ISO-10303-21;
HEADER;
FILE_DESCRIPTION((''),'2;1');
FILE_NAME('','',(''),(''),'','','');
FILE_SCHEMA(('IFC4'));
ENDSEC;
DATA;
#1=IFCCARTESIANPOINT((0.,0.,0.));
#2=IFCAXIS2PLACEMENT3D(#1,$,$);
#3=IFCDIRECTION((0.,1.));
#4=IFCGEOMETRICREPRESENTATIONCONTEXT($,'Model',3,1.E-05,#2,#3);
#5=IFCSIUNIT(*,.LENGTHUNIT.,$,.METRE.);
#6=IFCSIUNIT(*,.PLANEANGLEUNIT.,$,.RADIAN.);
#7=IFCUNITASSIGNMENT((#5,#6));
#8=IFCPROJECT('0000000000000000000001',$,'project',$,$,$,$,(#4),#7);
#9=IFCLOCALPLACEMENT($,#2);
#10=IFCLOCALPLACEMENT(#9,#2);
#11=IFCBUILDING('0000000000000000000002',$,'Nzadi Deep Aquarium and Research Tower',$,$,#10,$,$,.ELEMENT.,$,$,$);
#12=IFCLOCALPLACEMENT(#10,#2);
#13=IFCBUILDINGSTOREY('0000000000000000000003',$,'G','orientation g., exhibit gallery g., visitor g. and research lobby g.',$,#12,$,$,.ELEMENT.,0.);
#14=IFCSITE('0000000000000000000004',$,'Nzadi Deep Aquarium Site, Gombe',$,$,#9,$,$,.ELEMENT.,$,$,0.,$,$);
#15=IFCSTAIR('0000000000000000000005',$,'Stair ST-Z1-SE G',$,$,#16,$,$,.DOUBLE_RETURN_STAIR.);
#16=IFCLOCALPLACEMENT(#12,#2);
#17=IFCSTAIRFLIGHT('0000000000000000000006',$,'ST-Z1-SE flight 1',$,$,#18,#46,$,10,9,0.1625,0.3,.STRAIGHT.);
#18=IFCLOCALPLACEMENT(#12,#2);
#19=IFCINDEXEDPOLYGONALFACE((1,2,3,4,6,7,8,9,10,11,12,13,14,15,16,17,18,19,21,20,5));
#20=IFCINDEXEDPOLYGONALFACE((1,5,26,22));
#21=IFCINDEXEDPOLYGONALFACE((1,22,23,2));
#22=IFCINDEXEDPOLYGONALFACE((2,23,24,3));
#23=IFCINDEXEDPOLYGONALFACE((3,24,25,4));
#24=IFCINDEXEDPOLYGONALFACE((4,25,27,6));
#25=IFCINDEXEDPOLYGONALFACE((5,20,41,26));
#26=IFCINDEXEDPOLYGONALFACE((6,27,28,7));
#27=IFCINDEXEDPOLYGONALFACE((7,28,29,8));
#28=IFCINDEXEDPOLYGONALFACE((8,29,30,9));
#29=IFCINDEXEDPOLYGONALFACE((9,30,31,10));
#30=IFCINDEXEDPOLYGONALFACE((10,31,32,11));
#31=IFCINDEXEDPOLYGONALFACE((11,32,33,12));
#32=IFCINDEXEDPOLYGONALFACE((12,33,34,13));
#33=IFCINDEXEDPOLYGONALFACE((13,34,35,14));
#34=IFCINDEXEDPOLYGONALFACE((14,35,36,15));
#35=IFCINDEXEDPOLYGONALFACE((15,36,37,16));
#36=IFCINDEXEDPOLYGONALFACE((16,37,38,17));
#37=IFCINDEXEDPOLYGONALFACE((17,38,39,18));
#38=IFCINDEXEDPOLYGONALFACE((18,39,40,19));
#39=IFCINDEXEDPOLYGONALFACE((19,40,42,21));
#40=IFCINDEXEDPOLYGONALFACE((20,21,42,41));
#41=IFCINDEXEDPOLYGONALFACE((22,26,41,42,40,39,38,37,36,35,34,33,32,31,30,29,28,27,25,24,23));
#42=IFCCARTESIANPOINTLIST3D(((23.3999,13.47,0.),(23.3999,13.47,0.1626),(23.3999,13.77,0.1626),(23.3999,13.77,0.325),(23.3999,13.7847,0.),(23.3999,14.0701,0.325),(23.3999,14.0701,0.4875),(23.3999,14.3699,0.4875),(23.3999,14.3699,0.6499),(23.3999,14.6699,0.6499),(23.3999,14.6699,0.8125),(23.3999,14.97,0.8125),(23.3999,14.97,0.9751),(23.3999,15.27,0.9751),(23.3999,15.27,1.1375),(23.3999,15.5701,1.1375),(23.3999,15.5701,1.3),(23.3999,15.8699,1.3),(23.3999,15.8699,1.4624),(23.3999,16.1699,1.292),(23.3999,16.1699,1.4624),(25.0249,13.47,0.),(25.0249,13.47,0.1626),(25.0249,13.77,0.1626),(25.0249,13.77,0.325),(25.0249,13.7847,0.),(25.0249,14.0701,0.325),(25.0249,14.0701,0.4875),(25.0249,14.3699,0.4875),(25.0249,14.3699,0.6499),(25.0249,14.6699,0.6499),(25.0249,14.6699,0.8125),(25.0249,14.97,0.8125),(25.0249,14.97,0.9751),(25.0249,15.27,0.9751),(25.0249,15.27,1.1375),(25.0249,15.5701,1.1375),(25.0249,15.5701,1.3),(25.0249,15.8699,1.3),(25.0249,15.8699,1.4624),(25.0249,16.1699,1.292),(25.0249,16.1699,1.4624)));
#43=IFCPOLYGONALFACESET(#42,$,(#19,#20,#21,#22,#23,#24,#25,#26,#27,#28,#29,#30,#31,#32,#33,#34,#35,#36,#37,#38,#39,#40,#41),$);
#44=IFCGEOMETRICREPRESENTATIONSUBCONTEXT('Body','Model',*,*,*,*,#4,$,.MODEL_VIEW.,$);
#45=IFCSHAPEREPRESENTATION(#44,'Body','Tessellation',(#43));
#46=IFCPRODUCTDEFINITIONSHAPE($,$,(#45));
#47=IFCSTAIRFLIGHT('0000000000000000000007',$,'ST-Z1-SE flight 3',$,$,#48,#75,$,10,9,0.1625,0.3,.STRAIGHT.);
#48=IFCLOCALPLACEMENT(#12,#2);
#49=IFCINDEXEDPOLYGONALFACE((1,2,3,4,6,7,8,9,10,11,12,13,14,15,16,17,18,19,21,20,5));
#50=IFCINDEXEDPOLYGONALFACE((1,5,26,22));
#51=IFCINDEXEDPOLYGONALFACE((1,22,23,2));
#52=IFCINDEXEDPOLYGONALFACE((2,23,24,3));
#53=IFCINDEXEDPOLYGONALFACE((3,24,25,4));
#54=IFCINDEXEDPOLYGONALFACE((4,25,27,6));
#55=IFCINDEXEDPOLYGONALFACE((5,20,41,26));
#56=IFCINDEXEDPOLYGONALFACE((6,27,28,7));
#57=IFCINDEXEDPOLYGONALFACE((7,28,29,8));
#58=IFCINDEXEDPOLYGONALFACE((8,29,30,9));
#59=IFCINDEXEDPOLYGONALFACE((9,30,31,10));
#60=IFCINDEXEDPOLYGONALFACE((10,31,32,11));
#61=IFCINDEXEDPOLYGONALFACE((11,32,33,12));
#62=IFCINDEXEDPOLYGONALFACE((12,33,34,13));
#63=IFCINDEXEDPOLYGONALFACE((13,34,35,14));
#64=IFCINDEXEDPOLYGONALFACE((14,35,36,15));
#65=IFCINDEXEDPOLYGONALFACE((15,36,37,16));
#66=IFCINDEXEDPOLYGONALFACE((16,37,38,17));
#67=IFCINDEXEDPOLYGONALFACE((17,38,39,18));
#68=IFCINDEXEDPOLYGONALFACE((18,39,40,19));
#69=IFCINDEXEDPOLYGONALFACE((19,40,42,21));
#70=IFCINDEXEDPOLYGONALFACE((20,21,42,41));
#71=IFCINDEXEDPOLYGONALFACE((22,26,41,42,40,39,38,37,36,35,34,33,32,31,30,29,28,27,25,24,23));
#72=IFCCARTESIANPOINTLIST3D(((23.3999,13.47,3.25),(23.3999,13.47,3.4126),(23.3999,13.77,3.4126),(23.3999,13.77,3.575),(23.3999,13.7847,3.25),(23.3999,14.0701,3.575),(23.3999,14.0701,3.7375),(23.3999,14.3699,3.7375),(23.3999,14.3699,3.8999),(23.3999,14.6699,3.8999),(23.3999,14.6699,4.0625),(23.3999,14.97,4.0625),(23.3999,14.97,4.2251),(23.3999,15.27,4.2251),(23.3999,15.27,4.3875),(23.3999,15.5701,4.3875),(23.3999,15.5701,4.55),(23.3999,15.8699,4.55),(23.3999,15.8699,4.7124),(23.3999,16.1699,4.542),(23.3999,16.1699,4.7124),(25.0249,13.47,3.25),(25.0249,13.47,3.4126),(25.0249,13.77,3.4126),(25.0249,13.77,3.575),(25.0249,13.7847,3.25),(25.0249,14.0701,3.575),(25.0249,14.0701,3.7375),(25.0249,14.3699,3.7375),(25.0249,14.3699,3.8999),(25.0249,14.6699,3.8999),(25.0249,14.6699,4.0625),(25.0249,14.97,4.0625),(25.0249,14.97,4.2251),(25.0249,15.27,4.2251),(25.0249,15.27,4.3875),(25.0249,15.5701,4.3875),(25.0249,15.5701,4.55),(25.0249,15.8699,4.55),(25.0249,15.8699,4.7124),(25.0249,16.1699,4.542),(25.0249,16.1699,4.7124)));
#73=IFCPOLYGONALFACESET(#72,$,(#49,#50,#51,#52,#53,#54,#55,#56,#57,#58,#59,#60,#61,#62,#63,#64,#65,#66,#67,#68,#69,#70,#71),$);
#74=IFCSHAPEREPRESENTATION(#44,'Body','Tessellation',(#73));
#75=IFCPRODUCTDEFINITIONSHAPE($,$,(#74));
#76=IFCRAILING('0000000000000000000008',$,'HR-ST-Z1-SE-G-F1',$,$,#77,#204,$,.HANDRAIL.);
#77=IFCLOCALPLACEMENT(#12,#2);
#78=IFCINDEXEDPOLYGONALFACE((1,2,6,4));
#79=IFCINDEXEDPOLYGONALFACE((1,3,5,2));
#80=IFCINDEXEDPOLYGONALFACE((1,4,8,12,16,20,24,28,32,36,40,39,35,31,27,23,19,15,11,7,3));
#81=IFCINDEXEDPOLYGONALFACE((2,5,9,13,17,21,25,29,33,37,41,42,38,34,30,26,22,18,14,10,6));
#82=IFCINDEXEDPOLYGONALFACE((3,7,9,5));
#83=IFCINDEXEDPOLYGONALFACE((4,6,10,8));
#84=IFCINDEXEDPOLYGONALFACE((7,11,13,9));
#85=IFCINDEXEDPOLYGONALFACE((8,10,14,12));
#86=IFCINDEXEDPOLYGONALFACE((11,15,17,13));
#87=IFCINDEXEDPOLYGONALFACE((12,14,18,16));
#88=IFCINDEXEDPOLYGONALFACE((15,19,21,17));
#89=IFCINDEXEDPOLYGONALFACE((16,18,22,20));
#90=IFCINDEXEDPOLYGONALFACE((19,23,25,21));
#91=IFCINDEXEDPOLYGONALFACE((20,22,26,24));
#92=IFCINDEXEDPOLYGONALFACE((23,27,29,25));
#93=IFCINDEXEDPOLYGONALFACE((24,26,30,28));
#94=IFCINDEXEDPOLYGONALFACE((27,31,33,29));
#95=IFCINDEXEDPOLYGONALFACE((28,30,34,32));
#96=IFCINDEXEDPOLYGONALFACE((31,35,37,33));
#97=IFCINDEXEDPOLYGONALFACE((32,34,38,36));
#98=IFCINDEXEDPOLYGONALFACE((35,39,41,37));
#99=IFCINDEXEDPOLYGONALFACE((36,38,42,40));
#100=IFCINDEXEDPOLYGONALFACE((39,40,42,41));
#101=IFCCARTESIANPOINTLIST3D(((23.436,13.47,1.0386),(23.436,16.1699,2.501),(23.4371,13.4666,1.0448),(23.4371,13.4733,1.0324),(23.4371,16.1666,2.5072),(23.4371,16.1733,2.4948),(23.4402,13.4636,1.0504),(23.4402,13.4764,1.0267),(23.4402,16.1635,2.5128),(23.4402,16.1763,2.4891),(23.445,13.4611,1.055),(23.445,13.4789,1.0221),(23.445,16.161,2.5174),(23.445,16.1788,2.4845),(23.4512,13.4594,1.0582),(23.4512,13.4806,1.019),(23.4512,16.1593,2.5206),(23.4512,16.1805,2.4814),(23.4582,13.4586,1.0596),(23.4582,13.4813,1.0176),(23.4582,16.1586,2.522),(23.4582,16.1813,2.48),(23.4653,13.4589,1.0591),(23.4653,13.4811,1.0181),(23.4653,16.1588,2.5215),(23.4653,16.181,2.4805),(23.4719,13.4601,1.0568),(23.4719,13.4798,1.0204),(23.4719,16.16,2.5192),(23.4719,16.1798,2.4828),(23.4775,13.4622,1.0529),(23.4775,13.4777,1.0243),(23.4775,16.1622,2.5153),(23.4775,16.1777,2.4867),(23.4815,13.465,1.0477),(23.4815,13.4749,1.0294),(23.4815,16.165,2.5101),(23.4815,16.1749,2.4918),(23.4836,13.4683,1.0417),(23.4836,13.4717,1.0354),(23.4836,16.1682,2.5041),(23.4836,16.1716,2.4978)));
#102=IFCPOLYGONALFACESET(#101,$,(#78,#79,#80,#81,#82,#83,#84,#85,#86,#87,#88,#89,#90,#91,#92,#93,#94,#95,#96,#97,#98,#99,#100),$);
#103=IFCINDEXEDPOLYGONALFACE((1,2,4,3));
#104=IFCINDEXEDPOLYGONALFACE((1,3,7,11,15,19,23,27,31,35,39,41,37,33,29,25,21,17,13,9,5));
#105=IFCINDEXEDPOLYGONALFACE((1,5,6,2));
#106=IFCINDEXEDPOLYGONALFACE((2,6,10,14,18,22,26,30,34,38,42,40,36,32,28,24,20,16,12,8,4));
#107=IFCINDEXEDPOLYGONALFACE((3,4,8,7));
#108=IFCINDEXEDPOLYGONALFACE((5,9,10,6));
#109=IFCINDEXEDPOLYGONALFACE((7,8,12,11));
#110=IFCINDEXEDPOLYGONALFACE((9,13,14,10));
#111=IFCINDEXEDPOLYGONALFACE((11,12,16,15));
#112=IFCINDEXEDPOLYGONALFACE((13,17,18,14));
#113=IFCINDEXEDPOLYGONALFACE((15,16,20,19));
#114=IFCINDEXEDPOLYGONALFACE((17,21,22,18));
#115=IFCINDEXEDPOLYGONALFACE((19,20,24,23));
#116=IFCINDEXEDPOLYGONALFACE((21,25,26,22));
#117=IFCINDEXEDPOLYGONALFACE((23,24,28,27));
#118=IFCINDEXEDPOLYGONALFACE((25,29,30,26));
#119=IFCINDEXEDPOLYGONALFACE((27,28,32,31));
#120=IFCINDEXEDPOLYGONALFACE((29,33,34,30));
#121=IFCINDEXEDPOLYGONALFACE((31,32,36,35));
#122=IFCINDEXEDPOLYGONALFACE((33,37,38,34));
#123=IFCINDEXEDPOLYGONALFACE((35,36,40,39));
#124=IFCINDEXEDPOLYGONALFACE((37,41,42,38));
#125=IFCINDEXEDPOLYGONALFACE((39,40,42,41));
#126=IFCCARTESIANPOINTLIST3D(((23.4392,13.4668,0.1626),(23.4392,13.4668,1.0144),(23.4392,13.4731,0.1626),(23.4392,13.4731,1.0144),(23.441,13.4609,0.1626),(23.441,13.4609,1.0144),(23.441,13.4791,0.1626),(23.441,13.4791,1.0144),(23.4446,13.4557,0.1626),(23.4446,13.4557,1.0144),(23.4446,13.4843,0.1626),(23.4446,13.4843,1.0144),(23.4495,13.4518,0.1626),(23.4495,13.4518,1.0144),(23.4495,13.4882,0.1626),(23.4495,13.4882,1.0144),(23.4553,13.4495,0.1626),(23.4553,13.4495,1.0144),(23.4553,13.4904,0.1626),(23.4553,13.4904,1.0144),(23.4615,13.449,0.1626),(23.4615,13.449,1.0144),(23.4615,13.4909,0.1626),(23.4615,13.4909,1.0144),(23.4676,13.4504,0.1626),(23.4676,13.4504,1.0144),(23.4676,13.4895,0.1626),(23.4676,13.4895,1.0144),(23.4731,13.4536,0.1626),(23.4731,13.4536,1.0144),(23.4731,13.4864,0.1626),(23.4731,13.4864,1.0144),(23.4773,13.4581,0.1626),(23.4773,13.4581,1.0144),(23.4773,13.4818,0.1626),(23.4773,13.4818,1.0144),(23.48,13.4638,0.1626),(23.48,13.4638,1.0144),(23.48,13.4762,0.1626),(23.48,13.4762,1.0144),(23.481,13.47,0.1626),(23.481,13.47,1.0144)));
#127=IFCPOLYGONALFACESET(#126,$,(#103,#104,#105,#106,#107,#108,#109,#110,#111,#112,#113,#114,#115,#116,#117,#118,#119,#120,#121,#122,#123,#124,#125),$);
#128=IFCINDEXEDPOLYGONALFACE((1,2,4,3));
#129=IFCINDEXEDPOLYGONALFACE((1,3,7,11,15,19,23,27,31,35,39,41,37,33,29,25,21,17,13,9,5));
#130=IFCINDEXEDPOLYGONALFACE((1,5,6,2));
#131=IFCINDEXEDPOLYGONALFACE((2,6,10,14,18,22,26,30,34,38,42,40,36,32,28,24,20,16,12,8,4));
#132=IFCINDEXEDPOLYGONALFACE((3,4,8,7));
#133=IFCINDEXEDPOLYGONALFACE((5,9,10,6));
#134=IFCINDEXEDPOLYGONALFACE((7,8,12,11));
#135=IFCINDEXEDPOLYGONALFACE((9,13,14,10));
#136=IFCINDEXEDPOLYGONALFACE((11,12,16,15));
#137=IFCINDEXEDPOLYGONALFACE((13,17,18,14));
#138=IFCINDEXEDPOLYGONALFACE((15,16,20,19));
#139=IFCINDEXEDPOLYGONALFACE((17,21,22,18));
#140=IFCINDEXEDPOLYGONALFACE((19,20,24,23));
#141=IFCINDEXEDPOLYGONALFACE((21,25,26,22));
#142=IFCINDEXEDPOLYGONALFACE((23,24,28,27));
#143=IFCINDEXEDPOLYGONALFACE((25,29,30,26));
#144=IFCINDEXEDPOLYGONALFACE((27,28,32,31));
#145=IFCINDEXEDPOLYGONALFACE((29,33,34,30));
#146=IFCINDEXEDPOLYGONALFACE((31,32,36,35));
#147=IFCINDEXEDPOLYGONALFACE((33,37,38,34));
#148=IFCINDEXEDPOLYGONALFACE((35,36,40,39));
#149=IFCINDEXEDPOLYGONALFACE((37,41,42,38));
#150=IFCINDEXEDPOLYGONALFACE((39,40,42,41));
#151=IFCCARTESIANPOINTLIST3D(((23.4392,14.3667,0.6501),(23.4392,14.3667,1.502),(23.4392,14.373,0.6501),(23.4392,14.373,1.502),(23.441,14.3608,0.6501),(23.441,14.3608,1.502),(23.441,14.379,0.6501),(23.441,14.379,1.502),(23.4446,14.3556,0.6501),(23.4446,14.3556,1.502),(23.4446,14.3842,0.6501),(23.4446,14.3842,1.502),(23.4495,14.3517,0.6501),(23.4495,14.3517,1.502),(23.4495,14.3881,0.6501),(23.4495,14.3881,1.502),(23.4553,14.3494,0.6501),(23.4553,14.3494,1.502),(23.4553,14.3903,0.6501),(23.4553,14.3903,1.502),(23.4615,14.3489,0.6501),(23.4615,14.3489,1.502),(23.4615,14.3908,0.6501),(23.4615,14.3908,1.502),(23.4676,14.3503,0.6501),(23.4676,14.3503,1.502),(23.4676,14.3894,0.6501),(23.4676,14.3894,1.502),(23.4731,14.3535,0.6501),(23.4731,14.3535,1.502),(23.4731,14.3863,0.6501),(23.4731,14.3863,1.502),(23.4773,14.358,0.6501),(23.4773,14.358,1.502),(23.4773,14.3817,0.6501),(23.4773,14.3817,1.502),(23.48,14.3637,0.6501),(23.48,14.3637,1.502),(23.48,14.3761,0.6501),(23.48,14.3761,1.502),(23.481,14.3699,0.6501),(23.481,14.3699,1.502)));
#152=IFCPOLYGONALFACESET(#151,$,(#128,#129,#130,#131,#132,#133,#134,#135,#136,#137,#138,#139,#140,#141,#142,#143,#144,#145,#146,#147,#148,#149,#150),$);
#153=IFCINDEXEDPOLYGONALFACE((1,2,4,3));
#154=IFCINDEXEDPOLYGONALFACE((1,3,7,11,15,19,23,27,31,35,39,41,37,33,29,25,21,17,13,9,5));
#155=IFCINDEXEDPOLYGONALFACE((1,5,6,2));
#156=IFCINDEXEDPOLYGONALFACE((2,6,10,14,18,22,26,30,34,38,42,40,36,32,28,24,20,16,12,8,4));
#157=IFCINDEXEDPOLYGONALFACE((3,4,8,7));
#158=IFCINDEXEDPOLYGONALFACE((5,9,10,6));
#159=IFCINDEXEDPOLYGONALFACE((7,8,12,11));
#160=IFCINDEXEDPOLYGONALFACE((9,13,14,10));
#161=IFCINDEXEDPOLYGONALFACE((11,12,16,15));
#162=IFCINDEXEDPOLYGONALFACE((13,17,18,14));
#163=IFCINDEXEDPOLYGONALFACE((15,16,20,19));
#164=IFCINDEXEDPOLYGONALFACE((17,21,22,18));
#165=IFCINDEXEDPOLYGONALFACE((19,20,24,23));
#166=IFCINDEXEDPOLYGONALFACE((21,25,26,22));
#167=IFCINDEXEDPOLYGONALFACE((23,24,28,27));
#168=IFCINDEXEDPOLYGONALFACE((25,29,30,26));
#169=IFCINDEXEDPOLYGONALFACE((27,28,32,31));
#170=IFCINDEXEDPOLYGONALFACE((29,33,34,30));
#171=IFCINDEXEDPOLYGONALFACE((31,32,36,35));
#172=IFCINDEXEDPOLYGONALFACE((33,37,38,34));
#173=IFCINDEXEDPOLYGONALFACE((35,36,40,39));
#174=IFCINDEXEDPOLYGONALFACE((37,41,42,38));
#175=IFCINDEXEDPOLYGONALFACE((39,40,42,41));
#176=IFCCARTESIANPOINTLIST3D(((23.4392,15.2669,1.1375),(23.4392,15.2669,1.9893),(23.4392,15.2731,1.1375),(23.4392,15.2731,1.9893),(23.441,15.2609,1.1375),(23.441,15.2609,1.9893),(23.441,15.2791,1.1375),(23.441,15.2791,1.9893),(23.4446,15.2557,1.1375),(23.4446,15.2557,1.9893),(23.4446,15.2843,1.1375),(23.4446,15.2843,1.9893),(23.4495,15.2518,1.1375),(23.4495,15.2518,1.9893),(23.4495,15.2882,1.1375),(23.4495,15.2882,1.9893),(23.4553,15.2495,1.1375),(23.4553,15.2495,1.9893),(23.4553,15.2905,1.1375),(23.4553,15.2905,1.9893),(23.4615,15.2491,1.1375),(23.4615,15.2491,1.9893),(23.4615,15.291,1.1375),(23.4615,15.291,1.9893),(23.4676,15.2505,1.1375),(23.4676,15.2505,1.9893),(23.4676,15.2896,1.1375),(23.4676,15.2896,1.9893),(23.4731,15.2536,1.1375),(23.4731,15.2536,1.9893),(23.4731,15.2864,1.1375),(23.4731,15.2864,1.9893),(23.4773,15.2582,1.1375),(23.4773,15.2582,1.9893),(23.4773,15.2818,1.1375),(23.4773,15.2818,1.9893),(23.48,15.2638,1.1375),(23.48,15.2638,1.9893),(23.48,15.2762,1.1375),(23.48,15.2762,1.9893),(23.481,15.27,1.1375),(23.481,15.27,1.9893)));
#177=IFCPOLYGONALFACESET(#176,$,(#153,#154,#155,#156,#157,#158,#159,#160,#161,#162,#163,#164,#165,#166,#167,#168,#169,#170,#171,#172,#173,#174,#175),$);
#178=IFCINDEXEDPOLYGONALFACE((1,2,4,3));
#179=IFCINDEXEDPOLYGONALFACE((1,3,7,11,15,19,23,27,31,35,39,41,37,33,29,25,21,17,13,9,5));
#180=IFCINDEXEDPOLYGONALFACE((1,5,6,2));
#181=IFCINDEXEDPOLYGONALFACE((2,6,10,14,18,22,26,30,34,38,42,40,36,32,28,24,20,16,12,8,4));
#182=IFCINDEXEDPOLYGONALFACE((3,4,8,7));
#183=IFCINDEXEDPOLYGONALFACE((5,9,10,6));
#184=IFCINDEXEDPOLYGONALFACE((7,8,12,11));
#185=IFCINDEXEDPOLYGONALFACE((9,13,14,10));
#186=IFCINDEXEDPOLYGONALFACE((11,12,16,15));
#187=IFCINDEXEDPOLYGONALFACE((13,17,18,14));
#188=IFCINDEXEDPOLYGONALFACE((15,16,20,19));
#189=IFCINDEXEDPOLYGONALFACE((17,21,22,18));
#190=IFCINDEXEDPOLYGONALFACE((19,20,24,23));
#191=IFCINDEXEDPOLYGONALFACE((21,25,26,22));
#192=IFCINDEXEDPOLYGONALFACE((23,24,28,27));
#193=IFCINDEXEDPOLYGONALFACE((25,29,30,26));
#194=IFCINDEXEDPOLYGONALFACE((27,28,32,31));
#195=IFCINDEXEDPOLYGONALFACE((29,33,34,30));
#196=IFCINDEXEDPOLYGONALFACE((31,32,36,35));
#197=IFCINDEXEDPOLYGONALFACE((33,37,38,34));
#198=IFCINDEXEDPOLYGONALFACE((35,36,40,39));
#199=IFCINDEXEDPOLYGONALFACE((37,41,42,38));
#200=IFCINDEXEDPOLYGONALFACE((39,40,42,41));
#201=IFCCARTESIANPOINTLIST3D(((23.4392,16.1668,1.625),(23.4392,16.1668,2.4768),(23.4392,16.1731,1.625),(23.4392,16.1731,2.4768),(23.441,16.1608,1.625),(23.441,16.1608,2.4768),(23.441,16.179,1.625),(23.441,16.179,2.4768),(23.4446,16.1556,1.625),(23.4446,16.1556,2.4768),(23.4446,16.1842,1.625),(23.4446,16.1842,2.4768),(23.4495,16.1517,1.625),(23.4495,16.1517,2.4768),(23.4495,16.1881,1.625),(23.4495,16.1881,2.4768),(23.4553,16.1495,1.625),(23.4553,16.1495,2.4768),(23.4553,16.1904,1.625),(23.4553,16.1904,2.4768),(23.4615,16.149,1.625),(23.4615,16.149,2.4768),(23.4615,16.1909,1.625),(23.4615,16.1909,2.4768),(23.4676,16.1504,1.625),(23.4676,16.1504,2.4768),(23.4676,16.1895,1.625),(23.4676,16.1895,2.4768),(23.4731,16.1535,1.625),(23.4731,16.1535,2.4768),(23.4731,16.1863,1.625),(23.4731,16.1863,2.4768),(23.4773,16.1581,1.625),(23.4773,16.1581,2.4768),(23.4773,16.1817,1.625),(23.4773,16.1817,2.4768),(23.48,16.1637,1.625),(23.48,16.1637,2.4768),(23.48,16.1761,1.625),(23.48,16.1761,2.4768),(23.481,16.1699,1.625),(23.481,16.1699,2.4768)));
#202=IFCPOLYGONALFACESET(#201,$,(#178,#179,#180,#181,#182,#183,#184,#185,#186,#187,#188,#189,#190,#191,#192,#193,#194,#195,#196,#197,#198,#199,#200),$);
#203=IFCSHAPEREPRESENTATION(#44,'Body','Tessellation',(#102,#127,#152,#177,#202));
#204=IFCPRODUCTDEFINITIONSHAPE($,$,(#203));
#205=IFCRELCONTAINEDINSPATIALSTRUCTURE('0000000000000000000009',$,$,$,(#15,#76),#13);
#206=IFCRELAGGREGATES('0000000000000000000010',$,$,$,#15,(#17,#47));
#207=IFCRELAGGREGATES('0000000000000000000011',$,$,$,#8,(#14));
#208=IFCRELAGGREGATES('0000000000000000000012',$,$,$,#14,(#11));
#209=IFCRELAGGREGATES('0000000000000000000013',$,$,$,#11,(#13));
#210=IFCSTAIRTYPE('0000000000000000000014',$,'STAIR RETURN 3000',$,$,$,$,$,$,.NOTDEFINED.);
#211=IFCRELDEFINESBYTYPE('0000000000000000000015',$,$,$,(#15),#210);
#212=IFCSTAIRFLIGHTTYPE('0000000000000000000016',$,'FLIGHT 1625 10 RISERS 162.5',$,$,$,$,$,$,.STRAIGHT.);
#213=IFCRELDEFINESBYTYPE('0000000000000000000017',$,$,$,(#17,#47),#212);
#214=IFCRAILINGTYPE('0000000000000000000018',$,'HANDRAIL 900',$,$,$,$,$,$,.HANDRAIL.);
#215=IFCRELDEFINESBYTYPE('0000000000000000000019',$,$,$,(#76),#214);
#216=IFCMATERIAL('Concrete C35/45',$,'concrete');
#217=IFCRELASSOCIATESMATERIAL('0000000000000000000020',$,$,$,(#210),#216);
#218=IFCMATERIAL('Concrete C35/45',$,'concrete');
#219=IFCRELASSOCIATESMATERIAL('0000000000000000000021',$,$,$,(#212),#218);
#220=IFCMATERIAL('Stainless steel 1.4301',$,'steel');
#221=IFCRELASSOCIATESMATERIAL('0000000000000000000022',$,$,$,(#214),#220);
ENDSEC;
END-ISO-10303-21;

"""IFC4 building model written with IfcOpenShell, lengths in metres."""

from ifc_helpers import new_model, si_unit, direction, frame, origin, origin_2d, place, context, subcontext, project, spatial, polyline, circle, outline, extrude, material, type_object, element, aggregate, save


model = new_model("IFC4")

# Units and contexts
model_context = context("Model", 3, precision=1e-05, world=origin(), true_north=direction((0.0, 1.0)))
body_context = subcontext(model_context, "Body", "Model", "MODEL_VIEW")
ifc_project = project(units=[si_unit("LENGTHUNIT", "METRE"), si_unit("PLANEANGLEUNIT", "RADIAN")], contexts=[model_context])

# Site, building, storey
site_placement = place(None, origin())
site = spatial("IfcSite", under=ifc_project, at=site_placement, Name="Nzadi Deep Aquarium Site, Gombe", CompositionType="ELEMENT", RefElevation=0.0)
building_placement = place(site_placement, origin())
building = spatial("IfcBuilding", under=site, at=building_placement, Name="Nzadi Deep Aquarium and Research Tower", CompositionType="ELEMENT")
storey_placement = place(building_placement, origin())
storey = spatial("IfcBuildingStorey", under=building, at=storey_placement, Name="G", Description="orientation g., exhibit gallery g., visitor g. and research lobby g.", CompositionType="ELEMENT", Elevation=0.0)

# Stair, stair flights
ifc_material_1 = material(Name="Concrete C35/45", Category="concrete")
stair_type = type_object("IfcStairType", Name="STAIR RETURN 3000", PredefinedType="NOTDEFINED", material=ifc_material_1)
stair_placement = place(storey_placement, origin())
stair = element("IfcStair", 1, at=stair_placement, inside=storey, type_object=stair_type, Name="Stair ST-Z1-SE G", PredefinedType="DOUBLE_RETURN_STAIR")
ifc_material_2 = material(Name="Concrete C35/45", Category="concrete")
stair_flight_type = type_object("IfcStairFlightType", Name="FLIGHT 1625 10 RISERS 162.5", PredefinedType="STRAIGHT", material=ifc_material_2)
stair_flight_1_placement = place(storey_placement, frame((24.2124, 13.47, 0.0), z_axis=(0.0, 0.0, 1.0), x_axis=(0.0, 1.0, 0.0)))
stair_flight_1 = element("IfcStairFlight", 2, at=stair_flight_1_placement, type_object=stair_flight_type, Name="ST-Z1-SE flight 1", NumberOfRisers=10, NumberOfTreads=9, PredefinedType="STRAIGHT", RiserHeight=0.1625, TreadLength=0.3, context=body_context, shape_type="SweptSolid", body=[
    extrude(outline(polyline([(0.0, 0.0), (0.0, 0.1626), (0.3, 0.1626), (0.3, 0.325), (0.6001, 0.325), (0.6001, 0.4875), (0.8999, 0.4875), (0.8999, 0.6499), (1.2, 0.6499), (1.2, 0.8125), (1.5, 0.8125), (1.5, 0.9751), (1.8, 0.9751), (1.8, 1.1375), (2.1001, 1.1375), (2.1001, 1.3), (2.3999, 1.3), (2.3999, 1.4624), (2.7, 1.4624), (2.7, 1.625), (2.7, 1.292), (0.3147, 0.0), (0.0, 0.0)])), frame((0.0, 0.8125, 0.0), z_axis=(0.0, -1.0, 0.0), x_axis=(1.0, 0.0, 0.0)), (0.0, 0.0, 1.0), 1.625),
])
stair_flight_2_placement = place(storey_placement, frame((24.2124, 13.47, 3.25), z_axis=(0.0, 0.0, 1.0), x_axis=(0.0, 1.0, 0.0)))
stair_flight_2 = element("IfcStairFlight", 3, at=stair_flight_2_placement, type_object=stair_flight_type, Name="ST-Z1-SE flight 3", NumberOfRisers=10, NumberOfTreads=9, PredefinedType="STRAIGHT", RiserHeight=0.1625, TreadLength=0.3, context=body_context, shape_type="SweptSolid", body=[
    extrude(outline(polyline([(0.0, 0.0), (0.0, 0.1626), (0.3, 0.1626), (0.3, 0.325), (0.6001, 0.325), (0.6001, 0.4875), (0.8999, 0.4875), (0.8999, 0.6499), (1.2, 0.6499), (1.2, 0.8125), (1.5, 0.8125), (1.5, 0.9751), (1.8, 0.9751), (1.8, 1.1375), (2.1001, 1.1375), (2.1001, 1.3), (2.3999, 1.3), (2.3999, 1.4624), (2.7, 1.4624), (2.7, 1.625), (2.7, 1.292), (0.3147, 0.0), (0.0, 0.0)])), frame((0.0, 0.8125, 0.0), z_axis=(0.0, -1.0, 0.0), x_axis=(1.0, 0.0, 0.0)), (0.0, 0.0, 1.0), 1.625),
])
aggregate(stair, [stair_flight_1, stair_flight_2])

# Railing
ifc_material_3 = material(Name="Stainless steel 1.4301", Category="steel")
railing_type = type_object("IfcRailingType", Name="HANDRAIL 900", PredefinedType="HANDRAIL", material=ifc_material_3)
for number, where, name in (
    (4, (23.46, 13.47, 0.1626), "HR-ST-Z1-SE-G-F1"),
):
    element("IfcRailing", number, at=place(storey_placement, frame(where)), inside=storey, type_object=railing_type, Name=name, PredefinedType="HANDRAIL", context=body_context, shape_type="SweptSolid", body=[
        extrude(circle(Radius=0.0239, at=origin_2d()), frame((0.0, 0.0, 0.876), z_axis=(0.0, 0.879302, 0.476265), x_axis=(-1.0, 0.0, 0.0)), (0.0, 0.0, 1.0), 3.0706),
        extrude(circle(Radius=0.021, at=origin_2d()), origin(), (0.0, 0.0, 1.0), 0.8518),
        extrude(circle(Radius=0.021, at=origin_2d()), frame((0.0, 0.8999, 0.4875)), (0.0, 0.0, 1.0), 0.8518),
        extrude(circle(Radius=0.021, at=origin_2d()), frame((0.0, 1.8, 0.9749)), (0.0, 0.0, 1.0), 0.8518),
        extrude(circle(Radius=0.021, at=origin_2d()), frame((0.0, 2.7, 1.4624)), (0.0, 0.0, 1.0), 0.8518),
    ])

save(model, "model.ifc")
